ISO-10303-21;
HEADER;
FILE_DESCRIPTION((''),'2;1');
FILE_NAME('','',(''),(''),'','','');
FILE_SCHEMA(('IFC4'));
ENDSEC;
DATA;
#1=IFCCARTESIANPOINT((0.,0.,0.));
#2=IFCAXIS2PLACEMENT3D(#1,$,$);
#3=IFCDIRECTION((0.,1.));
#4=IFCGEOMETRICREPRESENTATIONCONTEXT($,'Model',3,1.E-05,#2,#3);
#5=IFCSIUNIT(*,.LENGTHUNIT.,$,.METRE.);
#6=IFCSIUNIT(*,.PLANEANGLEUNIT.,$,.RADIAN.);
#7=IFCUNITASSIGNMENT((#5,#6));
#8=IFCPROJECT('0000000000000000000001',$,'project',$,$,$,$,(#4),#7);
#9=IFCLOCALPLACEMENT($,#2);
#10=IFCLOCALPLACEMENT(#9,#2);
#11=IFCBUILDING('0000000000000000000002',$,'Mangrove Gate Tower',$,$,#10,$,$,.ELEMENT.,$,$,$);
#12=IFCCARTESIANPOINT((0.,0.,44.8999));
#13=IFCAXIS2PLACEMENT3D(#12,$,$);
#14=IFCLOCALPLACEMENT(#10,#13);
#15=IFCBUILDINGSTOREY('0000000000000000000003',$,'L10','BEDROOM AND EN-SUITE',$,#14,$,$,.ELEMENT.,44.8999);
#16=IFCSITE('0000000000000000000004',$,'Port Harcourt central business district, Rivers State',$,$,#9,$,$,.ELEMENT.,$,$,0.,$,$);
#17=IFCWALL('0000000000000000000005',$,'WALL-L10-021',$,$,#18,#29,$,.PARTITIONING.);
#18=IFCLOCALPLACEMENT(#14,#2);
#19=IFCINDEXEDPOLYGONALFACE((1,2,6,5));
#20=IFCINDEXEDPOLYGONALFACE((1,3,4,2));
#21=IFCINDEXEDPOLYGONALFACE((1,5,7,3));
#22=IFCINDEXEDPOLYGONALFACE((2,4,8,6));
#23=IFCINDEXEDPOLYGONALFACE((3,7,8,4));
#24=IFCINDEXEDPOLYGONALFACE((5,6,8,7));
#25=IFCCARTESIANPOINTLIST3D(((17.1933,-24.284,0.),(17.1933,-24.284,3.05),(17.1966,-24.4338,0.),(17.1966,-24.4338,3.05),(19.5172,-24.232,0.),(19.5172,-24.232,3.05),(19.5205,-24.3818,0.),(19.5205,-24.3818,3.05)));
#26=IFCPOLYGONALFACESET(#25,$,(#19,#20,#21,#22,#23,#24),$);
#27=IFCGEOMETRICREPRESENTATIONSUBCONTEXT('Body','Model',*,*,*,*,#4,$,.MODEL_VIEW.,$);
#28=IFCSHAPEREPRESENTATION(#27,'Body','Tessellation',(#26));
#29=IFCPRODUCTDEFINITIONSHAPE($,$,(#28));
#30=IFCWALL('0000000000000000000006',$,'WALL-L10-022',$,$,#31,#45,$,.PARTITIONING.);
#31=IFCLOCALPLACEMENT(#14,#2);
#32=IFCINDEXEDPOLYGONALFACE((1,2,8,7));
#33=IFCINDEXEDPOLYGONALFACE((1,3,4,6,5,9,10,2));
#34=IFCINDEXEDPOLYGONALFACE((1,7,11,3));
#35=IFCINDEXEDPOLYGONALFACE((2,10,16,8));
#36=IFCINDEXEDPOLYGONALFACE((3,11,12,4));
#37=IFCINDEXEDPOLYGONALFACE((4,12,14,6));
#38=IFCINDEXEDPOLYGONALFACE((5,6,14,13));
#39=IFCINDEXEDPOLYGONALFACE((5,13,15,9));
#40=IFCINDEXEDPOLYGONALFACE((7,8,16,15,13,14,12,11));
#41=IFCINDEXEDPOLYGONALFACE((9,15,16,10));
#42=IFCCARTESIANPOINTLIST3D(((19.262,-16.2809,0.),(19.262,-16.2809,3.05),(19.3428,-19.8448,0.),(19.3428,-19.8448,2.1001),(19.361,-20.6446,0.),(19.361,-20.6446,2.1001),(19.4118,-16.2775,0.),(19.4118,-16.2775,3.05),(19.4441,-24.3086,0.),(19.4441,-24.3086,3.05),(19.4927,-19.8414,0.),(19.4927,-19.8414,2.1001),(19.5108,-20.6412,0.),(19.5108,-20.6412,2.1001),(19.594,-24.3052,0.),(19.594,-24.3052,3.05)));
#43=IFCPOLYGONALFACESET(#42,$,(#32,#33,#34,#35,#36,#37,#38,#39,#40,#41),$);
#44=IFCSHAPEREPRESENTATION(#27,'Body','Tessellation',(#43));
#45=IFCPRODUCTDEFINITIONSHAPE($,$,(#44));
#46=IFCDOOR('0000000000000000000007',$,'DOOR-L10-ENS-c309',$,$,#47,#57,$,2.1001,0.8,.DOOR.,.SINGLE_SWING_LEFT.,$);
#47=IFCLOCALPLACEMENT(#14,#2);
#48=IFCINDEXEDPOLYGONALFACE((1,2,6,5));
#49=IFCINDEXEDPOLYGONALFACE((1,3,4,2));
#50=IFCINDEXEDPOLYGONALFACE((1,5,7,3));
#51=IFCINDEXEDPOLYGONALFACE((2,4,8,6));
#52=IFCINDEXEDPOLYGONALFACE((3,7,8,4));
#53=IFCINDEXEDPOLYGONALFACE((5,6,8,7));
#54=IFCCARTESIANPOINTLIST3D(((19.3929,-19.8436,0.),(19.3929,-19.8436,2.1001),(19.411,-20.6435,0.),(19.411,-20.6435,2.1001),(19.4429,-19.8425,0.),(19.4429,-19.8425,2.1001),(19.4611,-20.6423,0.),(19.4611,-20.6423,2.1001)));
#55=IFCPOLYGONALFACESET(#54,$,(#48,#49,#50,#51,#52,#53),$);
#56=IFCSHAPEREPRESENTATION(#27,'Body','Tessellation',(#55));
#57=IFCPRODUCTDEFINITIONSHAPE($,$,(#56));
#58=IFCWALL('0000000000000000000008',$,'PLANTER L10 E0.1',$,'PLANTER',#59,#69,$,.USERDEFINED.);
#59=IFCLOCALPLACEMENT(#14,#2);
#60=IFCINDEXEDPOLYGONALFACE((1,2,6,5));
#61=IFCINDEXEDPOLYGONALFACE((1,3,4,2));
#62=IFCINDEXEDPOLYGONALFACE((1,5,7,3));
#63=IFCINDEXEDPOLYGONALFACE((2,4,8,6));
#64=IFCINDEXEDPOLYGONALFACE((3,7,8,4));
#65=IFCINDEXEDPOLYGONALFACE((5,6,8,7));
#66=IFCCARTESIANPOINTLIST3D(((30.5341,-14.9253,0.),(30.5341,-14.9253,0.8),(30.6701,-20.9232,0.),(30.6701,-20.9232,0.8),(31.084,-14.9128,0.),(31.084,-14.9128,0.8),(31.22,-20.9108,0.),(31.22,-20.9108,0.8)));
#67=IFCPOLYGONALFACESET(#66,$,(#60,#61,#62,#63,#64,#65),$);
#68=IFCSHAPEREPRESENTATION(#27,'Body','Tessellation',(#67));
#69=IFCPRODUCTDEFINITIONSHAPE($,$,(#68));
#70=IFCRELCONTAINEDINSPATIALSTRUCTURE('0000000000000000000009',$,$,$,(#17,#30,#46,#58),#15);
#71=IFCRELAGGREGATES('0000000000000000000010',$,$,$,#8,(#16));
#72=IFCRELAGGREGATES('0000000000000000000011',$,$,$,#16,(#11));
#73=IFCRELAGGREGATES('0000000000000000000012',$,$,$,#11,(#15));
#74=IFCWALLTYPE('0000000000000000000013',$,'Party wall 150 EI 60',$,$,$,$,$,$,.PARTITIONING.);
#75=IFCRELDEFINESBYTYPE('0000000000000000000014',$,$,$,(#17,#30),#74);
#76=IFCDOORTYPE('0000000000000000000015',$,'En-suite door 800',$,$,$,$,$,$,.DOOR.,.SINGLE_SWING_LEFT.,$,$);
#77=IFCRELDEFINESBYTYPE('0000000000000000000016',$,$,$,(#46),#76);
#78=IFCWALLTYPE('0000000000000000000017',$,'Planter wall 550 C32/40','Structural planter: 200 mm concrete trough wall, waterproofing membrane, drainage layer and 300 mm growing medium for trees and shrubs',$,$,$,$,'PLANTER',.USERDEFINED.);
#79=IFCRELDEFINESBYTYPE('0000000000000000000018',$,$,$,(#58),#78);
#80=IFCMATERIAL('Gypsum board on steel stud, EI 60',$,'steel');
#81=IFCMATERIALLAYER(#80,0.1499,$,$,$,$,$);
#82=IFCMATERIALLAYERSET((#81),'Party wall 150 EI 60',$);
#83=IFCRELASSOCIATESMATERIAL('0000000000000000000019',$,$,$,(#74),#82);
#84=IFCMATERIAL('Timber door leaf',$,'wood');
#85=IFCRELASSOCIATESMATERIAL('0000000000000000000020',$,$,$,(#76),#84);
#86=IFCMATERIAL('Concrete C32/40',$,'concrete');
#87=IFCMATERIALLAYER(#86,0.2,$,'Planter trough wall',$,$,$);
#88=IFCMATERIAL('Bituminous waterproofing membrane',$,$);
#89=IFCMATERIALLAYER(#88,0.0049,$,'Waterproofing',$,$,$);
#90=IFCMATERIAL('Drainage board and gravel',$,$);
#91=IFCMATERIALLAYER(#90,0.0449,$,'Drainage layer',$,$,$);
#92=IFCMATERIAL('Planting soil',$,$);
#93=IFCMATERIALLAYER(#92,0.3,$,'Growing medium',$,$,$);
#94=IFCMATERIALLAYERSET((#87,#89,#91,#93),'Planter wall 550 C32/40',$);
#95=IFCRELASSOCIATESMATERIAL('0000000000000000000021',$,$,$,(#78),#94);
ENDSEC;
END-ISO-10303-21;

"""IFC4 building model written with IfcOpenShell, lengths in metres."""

from ifc_helpers import new_model, si_unit, direction, frame, frame_2d, origin, place, context, subcontext, project, spatial, rectangle, extrude, material, layer, layer_set, type_object, element, fill, save


model = new_model("IFC4")

# Units and contexts
model_context = context("Model", 3, precision=1e-05, world=origin(), true_north=direction((0.0, 1.0)))
body_context = subcontext(model_context, "Body", "Model", "MODEL_VIEW")
ifc_project = project(units=[si_unit("LENGTHUNIT", "METRE"), si_unit("PLANEANGLEUNIT", "RADIAN")], contexts=[model_context])

# Site, building, storey
site_placement = place(None, origin())
site = spatial("IfcSite", under=ifc_project, at=site_placement, Name="Port Harcourt central business district, Rivers State", CompositionType="ELEMENT", RefElevation=0.0)
building_placement = place(site_placement, origin())
building = spatial("IfcBuilding", under=site, at=building_placement, Name="Mangrove Gate Tower", CompositionType="ELEMENT")
storey_placement = place(building_placement, frame((0.0, 0.0, 44.8999)))
storey = spatial("IfcBuildingStorey", under=building, at=storey_placement, Name="L10", Description="BEDROOM AND EN-SUITE", CompositionType="ELEMENT", Elevation=44.8999)

# Wall
ifc_material_1 = material(Name="Gypsum board on steel stud, EI 60", Category="steel")
ifc_layer_1 = layer(ifc_material_1, 0.1499)
ifc_layer_set_1 = layer_set([ifc_layer_1], Name="Party wall 150 EI 60")
wall_type_1 = type_object("IfcWallType", Name="Party wall 150 EI 60", PredefinedType="PARTITIONING", material=ifc_layer_set_1)
wall_1_placement = place(storey_placement, frame((17.1951, -24.3589, 0.0), z_axis=(0.0, 0.0, 1.0), x_axis=(0.99975, 0.022371, 0.0)))
element("IfcWall", 1, at=wall_1_placement, inside=storey, type_object=wall_type_1, Name="WALL-L10-021", PredefinedType="PARTITIONING", context=body_context, shape_type="SweptSolid", body=[
    extrude(rectangle(XDim=2.3245, YDim=0.1499, at=frame_2d((1.1621, 0.0))), origin(), (0.0, 0.0, 1.0), 3.05),
])

# Wall, opening, door
wall_2_placement = place(storey_placement, frame((19.519, -24.3069, 0.0), z_axis=(0.0, 0.0, 1.0), x_axis=(-0.022681, 0.999743, 0.0)))
wall_2 = element("IfcWall", 2, at=wall_2_placement, inside=storey, type_object=wall_type_1, Name="WALL-L10-022", PredefinedType="PARTITIONING", context=body_context, shape_type="SweptSolid", body=[
    extrude(rectangle(XDim=8.0298, YDim=0.1499, at=frame_2d((4.0149, 0.0))), origin(), (0.0, 0.0, 1.0), 3.05),
])
opening_1_placement = place(wall_2_placement, frame((3.665, 0.0, 0.0)))
opening_1 = element("IfcOpeningElement", 3, at=opening_1_placement, cuts=wall_2, PredefinedType="OPENING", context=body_context, shape_type="SweptSolid", body=[
    extrude(rectangle(XDim=0.8, YDim=2.1001, at=frame_2d((0.3999, 1.05))), frame((0.0, 0.085, 0.0), z_axis=(0.0, -1.0, 0.0), x_axis=(1.0, 0.0, 0.0)), (0.0, 0.0, 1.0), 0.1699),
])
ifc_material_2 = material(Name="Timber door leaf", Category="wood")
door_type_1 = type_object("IfcDoorType", Name="En-suite door 800", OperationType="SINGLE_SWING_LEFT", PredefinedType="DOOR", material=ifc_material_2)
door_1_placement = place(opening_1_placement, origin())
door_1 = element("IfcDoor", 4, at=door_1_placement, inside=storey, type_object=door_type_1, Name="DOOR-L10-ENS-c309", OperationType="SINGLE_SWING_LEFT", OverallHeight=2.1001, OverallWidth=0.8, PredefinedType="DOOR", context=body_context, shape_type="SweptSolid", body=[
    extrude(rectangle(XDim=0.8, YDim=2.1001, at=frame_2d((0.3999, 1.05))), frame((0.0, 0.0249, 0.0), z_axis=(0.0, -1.0, 0.0), x_axis=(1.0, 0.0, 0.0)), (0.0, 0.0, 1.0), 0.05),
])
fill(opening_1, door_1)

# Wall
ifc_material_3 = material(Name="Concrete C32/40", Category="concrete")
ifc_layer_2 = layer(ifc_material_3, 0.2, Name="Planter trough wall")
ifc_material_4 = material(Name="Bituminous waterproofing membrane")
ifc_layer_3 = layer(ifc_material_4, 0.0049, Name="Waterproofing")
ifc_material_5 = material(Name="Drainage board and gravel")
ifc_layer_4 = layer(ifc_material_5, 0.0449, Name="Drainage layer")
ifc_material_6 = material(Name="Planting soil")
ifc_layer_5 = layer(ifc_material_6, 0.3, Name="Growing medium")
ifc_layer_set_2 = layer_set([ifc_layer_2, ifc_layer_3, ifc_layer_4, ifc_layer_5], Name="Planter wall 550 C32/40")
wall_type_2 = type_object("IfcWallType", Name="Planter wall 550 C32/40", Description="Structural planter: 200 mm concrete trough wall, waterproofing membrane, drainage layer and 300 mm growing medium for trees and shrubs", ElementType="PLANTER", PredefinedType="USERDEFINED", material=ifc_layer_set_2)
wall_3_placement = place(storey_placement, frame((30.9451, -20.917, 0.0), z_axis=(0.0, 0.0, 1.0), x_axis=(-0.022666, 0.999743, 0.0)))
element("IfcWall", 5, at=wall_3_placement, inside=storey, type_object=wall_type_2, Name="PLANTER L10 E0.1", ObjectType="PLANTER", PredefinedType="USERDEFINED", context=body_context, shape_type="SweptSolid", body=[
    extrude(rectangle(XDim=5.9995, YDim=0.55, at=frame_2d((2.9998, 0.0))), origin(), (0.0, 0.0, 1.0), 0.8),
])

save(model, "model.ifc")
